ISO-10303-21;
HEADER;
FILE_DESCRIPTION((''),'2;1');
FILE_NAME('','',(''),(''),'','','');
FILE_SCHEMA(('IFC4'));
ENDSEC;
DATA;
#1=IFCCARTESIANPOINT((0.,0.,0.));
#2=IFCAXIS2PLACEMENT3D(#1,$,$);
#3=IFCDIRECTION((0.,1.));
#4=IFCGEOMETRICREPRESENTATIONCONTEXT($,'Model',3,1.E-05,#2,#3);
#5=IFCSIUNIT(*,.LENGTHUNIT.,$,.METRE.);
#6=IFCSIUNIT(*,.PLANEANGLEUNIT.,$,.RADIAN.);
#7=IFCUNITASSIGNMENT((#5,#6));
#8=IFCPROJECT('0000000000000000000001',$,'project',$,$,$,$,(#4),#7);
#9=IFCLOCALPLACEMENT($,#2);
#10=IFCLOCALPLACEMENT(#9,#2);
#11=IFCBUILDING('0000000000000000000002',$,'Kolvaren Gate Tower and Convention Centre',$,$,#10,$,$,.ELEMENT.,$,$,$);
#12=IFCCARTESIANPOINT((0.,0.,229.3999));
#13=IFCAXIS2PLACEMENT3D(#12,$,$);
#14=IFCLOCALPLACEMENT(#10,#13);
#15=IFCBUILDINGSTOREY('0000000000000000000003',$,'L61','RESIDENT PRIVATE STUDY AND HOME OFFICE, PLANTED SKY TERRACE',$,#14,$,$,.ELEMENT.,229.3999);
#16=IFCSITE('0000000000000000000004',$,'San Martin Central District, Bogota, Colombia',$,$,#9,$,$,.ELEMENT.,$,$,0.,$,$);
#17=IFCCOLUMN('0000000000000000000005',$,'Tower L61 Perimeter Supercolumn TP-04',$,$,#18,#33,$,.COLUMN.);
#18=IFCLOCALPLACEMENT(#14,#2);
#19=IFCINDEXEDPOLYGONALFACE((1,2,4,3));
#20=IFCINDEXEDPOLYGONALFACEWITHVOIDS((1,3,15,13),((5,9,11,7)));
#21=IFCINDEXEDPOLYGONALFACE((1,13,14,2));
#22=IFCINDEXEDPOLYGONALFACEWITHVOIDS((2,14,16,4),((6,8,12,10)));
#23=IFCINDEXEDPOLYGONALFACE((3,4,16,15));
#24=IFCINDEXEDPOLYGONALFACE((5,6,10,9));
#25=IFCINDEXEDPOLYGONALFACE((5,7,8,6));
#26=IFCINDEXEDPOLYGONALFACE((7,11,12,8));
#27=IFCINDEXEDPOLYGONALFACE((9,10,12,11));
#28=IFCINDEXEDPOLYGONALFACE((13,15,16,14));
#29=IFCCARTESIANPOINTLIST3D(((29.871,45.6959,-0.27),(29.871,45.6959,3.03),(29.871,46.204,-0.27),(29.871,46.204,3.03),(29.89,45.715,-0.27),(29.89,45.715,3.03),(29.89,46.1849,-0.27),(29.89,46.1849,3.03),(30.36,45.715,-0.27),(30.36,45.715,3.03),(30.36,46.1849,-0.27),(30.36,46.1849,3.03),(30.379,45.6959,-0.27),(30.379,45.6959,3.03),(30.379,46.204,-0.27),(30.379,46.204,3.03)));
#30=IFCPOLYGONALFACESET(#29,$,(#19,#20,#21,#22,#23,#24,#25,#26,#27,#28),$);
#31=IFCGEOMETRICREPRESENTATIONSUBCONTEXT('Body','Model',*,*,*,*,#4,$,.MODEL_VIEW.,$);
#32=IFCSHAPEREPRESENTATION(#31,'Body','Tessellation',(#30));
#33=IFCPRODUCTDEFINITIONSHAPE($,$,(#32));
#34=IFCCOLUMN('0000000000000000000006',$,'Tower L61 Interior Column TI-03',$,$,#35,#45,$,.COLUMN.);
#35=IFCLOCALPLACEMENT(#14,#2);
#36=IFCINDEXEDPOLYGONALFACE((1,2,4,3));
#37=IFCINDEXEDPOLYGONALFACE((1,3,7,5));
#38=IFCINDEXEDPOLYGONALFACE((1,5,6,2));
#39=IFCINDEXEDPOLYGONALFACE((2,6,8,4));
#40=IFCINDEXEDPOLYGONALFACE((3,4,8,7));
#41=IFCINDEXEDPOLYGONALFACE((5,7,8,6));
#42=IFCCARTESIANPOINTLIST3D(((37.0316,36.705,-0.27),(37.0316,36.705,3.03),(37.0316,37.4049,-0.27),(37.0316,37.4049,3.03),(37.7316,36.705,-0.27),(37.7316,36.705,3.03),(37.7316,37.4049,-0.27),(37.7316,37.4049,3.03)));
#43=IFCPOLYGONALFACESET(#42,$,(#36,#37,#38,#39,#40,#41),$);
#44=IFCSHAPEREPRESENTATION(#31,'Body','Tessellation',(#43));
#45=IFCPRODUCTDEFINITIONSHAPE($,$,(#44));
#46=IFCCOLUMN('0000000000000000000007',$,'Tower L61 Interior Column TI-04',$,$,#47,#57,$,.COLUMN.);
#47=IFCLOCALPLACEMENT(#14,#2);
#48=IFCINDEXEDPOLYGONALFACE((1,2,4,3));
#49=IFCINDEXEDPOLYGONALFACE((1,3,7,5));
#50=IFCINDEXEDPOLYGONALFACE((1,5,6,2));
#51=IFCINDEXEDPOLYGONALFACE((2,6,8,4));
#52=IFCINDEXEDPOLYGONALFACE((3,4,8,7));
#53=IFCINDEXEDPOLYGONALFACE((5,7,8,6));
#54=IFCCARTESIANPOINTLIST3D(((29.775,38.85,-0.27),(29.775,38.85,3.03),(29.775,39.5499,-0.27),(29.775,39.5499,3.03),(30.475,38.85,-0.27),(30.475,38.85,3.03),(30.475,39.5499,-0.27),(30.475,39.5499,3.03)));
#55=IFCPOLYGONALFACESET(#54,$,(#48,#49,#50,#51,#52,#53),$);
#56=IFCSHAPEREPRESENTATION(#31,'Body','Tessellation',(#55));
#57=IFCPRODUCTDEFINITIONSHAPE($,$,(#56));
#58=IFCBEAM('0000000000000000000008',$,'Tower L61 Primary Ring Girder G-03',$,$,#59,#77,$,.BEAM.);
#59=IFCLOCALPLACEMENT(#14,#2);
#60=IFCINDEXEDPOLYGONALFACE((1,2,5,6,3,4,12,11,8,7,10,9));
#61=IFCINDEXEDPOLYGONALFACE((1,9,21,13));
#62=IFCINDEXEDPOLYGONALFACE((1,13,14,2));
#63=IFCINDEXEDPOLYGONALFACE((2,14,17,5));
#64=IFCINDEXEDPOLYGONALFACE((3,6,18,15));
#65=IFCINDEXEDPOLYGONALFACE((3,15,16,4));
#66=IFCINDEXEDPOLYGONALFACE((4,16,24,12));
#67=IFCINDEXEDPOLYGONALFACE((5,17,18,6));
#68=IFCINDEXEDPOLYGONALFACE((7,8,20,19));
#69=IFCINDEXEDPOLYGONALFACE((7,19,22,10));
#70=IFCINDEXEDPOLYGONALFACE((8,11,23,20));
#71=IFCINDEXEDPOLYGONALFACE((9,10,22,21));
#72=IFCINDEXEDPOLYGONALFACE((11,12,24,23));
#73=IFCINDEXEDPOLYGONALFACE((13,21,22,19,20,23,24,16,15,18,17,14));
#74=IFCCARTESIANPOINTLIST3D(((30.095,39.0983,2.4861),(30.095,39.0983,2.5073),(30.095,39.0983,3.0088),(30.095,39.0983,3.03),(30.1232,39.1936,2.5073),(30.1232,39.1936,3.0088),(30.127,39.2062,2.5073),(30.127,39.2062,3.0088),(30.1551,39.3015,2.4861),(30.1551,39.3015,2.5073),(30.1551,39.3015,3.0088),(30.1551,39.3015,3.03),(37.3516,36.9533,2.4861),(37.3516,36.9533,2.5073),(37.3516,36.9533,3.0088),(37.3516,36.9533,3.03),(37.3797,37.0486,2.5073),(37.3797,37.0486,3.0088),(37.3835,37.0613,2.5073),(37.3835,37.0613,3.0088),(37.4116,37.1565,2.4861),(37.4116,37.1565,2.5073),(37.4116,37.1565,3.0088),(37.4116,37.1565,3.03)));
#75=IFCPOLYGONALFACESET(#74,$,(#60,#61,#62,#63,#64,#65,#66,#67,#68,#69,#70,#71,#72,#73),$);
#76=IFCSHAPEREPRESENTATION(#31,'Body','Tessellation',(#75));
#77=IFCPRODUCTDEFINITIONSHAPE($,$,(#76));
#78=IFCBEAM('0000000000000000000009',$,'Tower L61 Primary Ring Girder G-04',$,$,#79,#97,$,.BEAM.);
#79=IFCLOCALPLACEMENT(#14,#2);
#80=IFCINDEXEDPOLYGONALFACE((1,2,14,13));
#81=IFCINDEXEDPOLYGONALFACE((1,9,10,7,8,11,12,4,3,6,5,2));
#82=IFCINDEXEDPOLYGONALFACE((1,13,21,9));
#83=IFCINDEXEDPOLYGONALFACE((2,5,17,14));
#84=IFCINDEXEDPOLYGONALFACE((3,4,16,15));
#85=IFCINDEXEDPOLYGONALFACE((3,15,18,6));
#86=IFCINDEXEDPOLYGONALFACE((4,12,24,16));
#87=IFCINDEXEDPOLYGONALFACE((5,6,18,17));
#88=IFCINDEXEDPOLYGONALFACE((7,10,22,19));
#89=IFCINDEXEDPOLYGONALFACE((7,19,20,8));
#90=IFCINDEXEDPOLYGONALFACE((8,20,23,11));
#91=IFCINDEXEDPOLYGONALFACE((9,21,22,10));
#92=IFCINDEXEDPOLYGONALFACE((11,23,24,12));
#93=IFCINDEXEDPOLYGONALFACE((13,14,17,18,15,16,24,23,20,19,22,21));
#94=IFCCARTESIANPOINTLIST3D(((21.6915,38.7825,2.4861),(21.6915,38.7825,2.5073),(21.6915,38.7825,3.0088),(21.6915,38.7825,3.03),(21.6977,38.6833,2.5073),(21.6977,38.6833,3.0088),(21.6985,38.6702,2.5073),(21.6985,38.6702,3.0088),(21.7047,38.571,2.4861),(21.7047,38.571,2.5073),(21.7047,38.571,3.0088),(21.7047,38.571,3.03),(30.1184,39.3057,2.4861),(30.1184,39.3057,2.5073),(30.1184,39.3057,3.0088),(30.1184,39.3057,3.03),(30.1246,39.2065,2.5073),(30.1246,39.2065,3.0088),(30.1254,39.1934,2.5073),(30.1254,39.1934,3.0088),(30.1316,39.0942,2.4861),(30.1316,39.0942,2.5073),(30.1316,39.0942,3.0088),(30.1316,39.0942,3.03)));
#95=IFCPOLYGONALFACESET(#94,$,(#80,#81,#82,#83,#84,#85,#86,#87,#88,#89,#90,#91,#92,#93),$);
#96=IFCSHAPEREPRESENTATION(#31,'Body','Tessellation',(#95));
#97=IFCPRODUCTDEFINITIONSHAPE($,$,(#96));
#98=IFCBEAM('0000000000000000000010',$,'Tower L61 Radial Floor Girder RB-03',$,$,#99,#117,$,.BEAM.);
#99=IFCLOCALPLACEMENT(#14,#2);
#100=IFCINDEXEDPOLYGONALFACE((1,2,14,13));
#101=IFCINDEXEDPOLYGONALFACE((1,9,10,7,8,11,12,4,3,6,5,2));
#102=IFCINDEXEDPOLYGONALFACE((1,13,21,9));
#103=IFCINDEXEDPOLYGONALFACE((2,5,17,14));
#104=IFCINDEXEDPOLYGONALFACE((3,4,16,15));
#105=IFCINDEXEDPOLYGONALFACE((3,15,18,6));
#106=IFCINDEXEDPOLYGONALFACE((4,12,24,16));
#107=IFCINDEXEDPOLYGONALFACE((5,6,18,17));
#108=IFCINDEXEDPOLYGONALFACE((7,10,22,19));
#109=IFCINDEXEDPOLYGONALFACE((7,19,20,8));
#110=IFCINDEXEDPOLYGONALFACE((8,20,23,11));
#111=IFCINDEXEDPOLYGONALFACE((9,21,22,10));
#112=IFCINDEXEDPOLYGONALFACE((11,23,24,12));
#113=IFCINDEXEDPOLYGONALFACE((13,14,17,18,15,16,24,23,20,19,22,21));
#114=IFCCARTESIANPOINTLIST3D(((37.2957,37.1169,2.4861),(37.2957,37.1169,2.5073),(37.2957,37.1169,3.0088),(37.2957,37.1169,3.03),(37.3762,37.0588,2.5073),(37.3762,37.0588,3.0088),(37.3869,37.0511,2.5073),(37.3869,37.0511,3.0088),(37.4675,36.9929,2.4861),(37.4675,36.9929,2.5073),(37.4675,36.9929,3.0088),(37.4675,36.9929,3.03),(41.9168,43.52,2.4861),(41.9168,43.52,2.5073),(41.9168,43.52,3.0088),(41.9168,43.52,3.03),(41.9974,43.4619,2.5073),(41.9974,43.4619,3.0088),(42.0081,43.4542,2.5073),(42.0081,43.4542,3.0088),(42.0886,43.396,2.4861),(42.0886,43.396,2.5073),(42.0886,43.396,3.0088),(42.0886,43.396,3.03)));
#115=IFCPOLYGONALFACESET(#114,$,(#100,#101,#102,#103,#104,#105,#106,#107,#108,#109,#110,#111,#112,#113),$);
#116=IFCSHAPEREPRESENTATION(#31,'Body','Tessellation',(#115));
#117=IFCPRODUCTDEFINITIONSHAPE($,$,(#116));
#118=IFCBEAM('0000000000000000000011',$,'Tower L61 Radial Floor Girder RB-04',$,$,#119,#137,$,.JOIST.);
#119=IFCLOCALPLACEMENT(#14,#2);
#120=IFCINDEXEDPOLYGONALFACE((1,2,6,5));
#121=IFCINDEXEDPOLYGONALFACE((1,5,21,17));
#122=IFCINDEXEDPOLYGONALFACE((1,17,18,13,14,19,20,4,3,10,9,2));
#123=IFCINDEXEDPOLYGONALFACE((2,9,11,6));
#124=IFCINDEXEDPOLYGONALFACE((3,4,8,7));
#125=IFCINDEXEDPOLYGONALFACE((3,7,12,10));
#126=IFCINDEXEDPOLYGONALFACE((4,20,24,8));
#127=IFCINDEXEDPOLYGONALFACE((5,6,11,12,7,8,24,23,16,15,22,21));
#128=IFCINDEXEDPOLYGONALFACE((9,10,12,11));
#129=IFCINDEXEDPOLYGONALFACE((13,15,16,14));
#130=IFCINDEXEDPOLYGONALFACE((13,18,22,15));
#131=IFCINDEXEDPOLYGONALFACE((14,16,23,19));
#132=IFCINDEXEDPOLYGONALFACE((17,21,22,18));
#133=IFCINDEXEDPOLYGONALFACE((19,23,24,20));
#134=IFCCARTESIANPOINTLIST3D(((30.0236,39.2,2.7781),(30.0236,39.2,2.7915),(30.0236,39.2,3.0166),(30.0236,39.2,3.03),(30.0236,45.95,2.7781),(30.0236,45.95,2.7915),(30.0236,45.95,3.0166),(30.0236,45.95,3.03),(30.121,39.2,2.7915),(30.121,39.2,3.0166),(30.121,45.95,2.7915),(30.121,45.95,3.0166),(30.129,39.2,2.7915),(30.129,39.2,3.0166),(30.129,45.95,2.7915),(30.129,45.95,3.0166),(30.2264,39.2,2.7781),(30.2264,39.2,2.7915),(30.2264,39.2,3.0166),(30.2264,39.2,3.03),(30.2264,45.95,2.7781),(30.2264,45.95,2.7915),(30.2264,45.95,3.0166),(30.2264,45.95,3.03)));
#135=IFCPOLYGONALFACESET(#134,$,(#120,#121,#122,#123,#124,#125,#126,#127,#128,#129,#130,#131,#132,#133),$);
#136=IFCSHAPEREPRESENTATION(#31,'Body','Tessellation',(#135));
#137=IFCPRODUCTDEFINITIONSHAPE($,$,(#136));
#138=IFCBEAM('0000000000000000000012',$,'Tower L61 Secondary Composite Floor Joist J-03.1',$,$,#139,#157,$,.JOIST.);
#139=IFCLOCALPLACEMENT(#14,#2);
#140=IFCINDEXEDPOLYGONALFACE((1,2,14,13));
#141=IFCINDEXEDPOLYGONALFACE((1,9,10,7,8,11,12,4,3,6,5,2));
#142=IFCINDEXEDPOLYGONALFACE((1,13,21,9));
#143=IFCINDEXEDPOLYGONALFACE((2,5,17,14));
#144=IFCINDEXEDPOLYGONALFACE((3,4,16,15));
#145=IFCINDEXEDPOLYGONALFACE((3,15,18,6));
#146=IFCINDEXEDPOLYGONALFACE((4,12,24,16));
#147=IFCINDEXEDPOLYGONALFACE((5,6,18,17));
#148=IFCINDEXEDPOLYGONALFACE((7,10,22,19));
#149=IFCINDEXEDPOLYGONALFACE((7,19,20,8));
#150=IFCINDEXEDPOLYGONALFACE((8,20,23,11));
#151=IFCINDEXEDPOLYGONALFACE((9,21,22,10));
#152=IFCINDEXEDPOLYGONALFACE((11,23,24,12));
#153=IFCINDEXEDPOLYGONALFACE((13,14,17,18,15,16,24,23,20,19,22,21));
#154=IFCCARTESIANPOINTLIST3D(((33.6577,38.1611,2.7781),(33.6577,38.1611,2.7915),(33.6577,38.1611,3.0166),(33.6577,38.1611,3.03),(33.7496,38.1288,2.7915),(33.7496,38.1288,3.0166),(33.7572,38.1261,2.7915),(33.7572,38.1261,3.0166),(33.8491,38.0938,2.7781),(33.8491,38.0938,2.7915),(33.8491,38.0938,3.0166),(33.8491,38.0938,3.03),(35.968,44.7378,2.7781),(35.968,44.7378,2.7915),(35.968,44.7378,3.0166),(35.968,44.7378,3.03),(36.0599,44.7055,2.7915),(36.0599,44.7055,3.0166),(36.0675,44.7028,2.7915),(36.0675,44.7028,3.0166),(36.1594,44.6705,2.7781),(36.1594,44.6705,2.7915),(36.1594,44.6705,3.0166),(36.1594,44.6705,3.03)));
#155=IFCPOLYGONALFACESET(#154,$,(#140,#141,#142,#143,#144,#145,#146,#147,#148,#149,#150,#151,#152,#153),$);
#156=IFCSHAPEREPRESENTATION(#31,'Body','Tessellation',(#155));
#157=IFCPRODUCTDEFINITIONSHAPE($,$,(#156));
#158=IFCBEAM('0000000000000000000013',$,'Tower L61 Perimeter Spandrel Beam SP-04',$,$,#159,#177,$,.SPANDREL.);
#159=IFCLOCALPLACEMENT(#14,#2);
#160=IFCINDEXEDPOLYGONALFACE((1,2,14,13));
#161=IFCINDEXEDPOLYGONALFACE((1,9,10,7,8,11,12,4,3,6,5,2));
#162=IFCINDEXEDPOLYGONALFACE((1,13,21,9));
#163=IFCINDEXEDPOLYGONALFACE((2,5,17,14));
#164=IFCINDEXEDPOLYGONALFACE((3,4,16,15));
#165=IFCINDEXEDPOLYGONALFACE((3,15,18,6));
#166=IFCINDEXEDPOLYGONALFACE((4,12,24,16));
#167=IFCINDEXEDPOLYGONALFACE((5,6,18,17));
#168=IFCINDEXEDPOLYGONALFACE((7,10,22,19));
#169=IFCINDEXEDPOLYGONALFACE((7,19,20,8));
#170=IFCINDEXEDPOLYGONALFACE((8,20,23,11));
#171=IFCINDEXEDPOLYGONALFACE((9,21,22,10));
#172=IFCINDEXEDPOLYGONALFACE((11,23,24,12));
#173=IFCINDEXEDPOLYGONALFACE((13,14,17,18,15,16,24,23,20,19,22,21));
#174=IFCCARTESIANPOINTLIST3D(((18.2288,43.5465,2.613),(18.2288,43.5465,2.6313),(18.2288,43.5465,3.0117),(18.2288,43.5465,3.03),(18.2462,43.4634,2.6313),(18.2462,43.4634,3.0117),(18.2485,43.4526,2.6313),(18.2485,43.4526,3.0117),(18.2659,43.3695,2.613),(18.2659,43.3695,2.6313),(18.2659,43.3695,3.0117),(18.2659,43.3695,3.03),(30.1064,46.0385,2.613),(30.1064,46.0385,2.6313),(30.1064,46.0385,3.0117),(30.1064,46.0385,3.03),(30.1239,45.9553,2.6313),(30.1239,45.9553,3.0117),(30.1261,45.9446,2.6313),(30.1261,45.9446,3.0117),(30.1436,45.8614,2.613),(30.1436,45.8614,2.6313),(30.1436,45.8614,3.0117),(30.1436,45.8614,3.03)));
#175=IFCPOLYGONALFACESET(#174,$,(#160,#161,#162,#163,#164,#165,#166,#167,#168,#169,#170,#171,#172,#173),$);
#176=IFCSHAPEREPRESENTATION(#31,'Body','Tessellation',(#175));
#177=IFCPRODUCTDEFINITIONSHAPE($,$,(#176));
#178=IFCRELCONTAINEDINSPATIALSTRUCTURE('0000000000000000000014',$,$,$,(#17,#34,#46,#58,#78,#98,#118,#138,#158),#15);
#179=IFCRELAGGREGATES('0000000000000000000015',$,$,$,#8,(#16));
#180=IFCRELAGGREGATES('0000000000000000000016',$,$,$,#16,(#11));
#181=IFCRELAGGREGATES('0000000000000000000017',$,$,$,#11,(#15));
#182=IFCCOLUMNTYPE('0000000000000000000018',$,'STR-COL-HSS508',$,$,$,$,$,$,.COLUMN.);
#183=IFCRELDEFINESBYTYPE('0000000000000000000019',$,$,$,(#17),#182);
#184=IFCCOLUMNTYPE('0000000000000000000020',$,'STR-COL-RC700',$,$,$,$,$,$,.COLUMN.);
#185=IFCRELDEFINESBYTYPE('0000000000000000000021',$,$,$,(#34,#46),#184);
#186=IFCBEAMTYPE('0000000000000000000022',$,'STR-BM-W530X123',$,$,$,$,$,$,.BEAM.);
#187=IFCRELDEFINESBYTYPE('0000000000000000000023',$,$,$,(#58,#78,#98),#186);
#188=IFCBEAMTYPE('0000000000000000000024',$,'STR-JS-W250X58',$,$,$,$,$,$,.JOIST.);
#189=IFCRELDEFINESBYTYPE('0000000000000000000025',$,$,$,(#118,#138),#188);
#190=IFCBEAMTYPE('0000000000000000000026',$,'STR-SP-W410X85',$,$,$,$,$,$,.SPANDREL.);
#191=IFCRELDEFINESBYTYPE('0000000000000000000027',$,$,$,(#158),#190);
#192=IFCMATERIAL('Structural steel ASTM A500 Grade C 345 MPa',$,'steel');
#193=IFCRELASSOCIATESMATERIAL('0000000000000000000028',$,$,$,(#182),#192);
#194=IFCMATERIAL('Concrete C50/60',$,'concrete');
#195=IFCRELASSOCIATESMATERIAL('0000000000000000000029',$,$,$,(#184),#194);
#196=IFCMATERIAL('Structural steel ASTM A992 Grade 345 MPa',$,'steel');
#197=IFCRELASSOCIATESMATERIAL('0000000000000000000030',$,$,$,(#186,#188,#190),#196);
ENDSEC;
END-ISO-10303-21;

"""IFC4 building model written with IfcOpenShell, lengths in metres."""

from ifc_helpers import new_model, si_unit, direction, frame, origin, origin_2d, place, context, subcontext, project, spatial, rectangle, hollow_rectangle, i_section, extrude, material, material_profile, profile_set, type_object, element, save


model = new_model("IFC4")

# Units and contexts
model_context = context("Model", 3, precision=1e-05, world=origin(), true_north=direction((0.0, 1.0)))
body_context = subcontext(model_context, "Body", "Model", "MODEL_VIEW")
ifc_project = project(units=[si_unit("LENGTHUNIT", "METRE"), si_unit("PLANEANGLEUNIT", "RADIAN")], contexts=[model_context])

# Site, building, storey
site_placement = place(None, origin())
site = spatial("IfcSite", under=ifc_project, at=site_placement, Name="San Martin Central District, Bogota, Colombia", CompositionType="ELEMENT", RefElevation=0.0)
building_placement = place(site_placement, origin())
building = spatial("IfcBuilding", under=site, at=building_placement, Name="Kolvaren Gate Tower and Convention Centre", CompositionType="ELEMENT")
storey_placement = place(building_placement, frame((0.0, 0.0, 229.3999)))
storey = spatial("IfcBuildingStorey", under=building, at=storey_placement, Name="L61", Description="RESIDENT PRIVATE STUDY AND HOME OFFICE, PLANTED SKY TERRACE", CompositionType="ELEMENT", Elevation=229.3999)

# Columns
ifc_material_1 = material(Name="Structural steel ASTM A500 Grade C 345 MPa", Category="steel")
ifc_material_profile_1 = material_profile(ifc_material_1, hollow_rectangle(XDim=0.5081, YDim=0.5081, WallThickness=0.019, at=origin_2d()), Name="HSS508X508X19.1")
ifc_profile_set_1 = profile_set([ifc_material_profile_1], Name="Structural steel ASTM A500 Grade C 345 MPa")
column_type_1 = type_object("IfcColumnType", Name="STR-COL-HSS508", PredefinedType="COLUMN", material=ifc_profile_set_1)
column_placement = place(storey_placement, frame((30.125, 45.95, -0.27), z_axis=(0.0, 0.0, 1.0), x_axis=(1.0, 0.0, 0.0)))
element("IfcColumn", 1, at=column_placement, inside=storey, type_object=column_type_1, Name="Tower L61 Perimeter Supercolumn TP-04", PredefinedType="COLUMN", context=body_context, shape_type="SweptSolid", body=[
    extrude(hollow_rectangle(XDim=0.5081, YDim=0.5081, WallThickness=0.019, at=origin_2d()), origin(), (0.0, 0.0, 1.0), 3.3),
])
ifc_material_2 = material(Name="Concrete C50/60", Category="concrete")
ifc_material_profile_2 = material_profile(ifc_material_2, rectangle(XDim=0.7, YDim=0.7, at=origin_2d()), Name="RC-COL-700X700")
ifc_profile_set_2 = profile_set([ifc_material_profile_2], Name="Concrete C50/60")
column_type_2 = type_object("IfcColumnType", Name="STR-COL-RC700", PredefinedType="COLUMN", material=ifc_profile_set_2)
for number, where, z_axis, x_axis, name in (
    (2, (37.3816, 37.0549, -0.27), (0.0, 0.0, 1.0), (1.0, 0.0, 0.0), "Tower L61 Interior Column TI-03"),
    (3, (30.125, 39.2, -0.27), (0.0, 0.0, 1.0), (1.0, 0.0, 0.0), "Tower L61 Interior Column TI-04"),
):
    element("IfcColumn", number, at=place(storey_placement, frame(where, z_axis=z_axis, x_axis=x_axis)), inside=storey, type_object=column_type_2, Name=name, PredefinedType="COLUMN", context=body_context, shape_type="SweptSolid", body=[
        extrude(rectangle(XDim=0.7, YDim=0.7, at=origin_2d()), origin(), (0.0, 0.0, 1.0), 3.3),
    ])

# Beams
ifc_material_3 = material(Name="Structural steel ASTM A992 Grade 345 MPa", Category="steel")
ifc_material_profile_3 = material_profile(ifc_material_3, i_section(OverallWidth=0.2119, OverallDepth=0.5439, WebThickness=0.0132, FlangeThickness=0.0212, at=origin_2d()), Name="W530X123")
ifc_profile_set_3 = profile_set([ifc_material_profile_3], Name="Structural steel ASTM A992 Grade 345 MPa")
beam_type_1 = type_object("IfcBeamType", Name="STR-BM-W530X123", PredefinedType="BEAM", material=ifc_profile_set_3)
beam_1_placement = place(storey_placement, frame((37.3816, 37.0549, 2.7581), z_axis=(-0.958981, 0.283471, 0.0), x_axis=(-0.283471, -0.958981, 0.0)))
element("IfcBeam", 4, at=beam_1_placement, inside=storey, type_object=beam_type_1, Name="Tower L61 Primary Ring Girder G-03", PredefinedType="BEAM", context=body_context, shape_type="SweptSolid", body=[
    extrude(i_section(OverallWidth=0.2119, OverallDepth=0.5439, WebThickness=0.0132, FlangeThickness=0.0212, at=origin_2d()), origin(), (0.0, 0.0, 1.0), 7.5669),
])
beam_2_placement = place(storey_placement, frame((30.125, 39.2, 2.7581), z_axis=(-0.998078, -0.061966, 0.0), x_axis=(0.061966, -0.998078, 0.0)))
element("IfcBeam", 5, at=beam_2_placement, inside=storey, type_object=beam_type_1, Name="Tower L61 Primary Ring Girder G-04", PredefinedType="BEAM", context=body_context, shape_type="SweptSolid", body=[
    extrude(i_section(OverallWidth=0.2119, OverallDepth=0.5439, WebThickness=0.0132, FlangeThickness=0.0212, at=origin_2d()), origin(), (0.0, 0.0, 1.0), 8.4431),
])
beam_3_placement = place(storey_placement, frame((37.3816, 37.0549, 2.7581), z_axis=(0.585212, 0.810881, 0.0), x_axis=(-0.810881, 0.585212, 0.0)))
element("IfcBeam", 6, at=beam_3_placement, inside=storey, type_object=beam_type_1, Name="Tower L61 Radial Floor Girder RB-03", PredefinedType="BEAM", context=body_context, shape_type="SweptSolid", body=[
    extrude(i_section(OverallWidth=0.2119, OverallDepth=0.5439, WebThickness=0.0132, FlangeThickness=0.0212, at=origin_2d()), origin(), (0.0, 0.0, 1.0), 7.8965),
])
ifc_material_profile_4 = material_profile(ifc_material_3, i_section(OverallWidth=0.2029, OverallDepth=0.252, WebThickness=0.0081, FlangeThickness=0.0134, at=origin_2d()), Name="W250X58")
ifc_profile_set_4 = profile_set([ifc_material_profile_4], Name="Structural steel ASTM A992 Grade 345 MPa")
beam_type_2 = type_object("IfcBeamType", Name="STR-JS-W250X58", PredefinedType="JOIST", material=ifc_profile_set_4)
beam_4_placement = place(storey_placement, frame((30.125, 39.2, 2.9041), z_axis=(0.0, 1.0, 0.0), x_axis=(-1.0, 0.0, 0.0)))
element("IfcBeam", 7, at=beam_4_placement, inside=storey, type_object=beam_type_2, Name="Tower L61 Radial Floor Girder RB-04", PredefinedType="JOIST", context=body_context, shape_type="SweptSolid", body=[
    extrude(i_section(OverallWidth=0.2029, OverallDepth=0.252, WebThickness=0.0081, FlangeThickness=0.0134, at=origin_2d()), origin(), (0.0, 0.0, 1.0), 6.75),
])
beam_5_placement = place(storey_placement, frame((33.7534, 38.1274, 2.9041), z_axis=(0.331433, 0.943479, 0.0), x_axis=(-0.943479, 0.331433, 0.0)))
element("IfcBeam", 8, at=beam_5_placement, inside=storey, type_object=beam_type_2, Name="Tower L61 Secondary Composite Floor Joist J-03.1", PredefinedType="JOIST", context=body_context, shape_type="SweptSolid", body=[
    extrude(i_section(OverallWidth=0.2029, OverallDepth=0.252, WebThickness=0.0081, FlangeThickness=0.0134, at=origin_2d()), origin(), (0.0, 0.0, 1.0), 6.9707),
])
ifc_material_profile_5 = material_profile(ifc_material_3, i_section(OverallWidth=0.1809, OverallDepth=0.417, WebThickness=0.011, FlangeThickness=0.0183, at=origin_2d()), Name="W410X85")
ifc_profile_set_5 = profile_set([ifc_material_profile_5], Name="Structural steel ASTM A992 Grade 345 MPa")
beam_type_3 = type_object("IfcBeamType", Name="STR-SP-W410X85", PredefinedType="SPANDREL", material=ifc_profile_set_5)
beam_6_placement = place(storey_placement, frame((30.125, 45.95, 2.8215), z_axis=(-0.978693, -0.20533, 0.0), x_axis=(0.20533, -0.978693, 0.0)))
element("IfcBeam", 9, at=beam_6_placement, inside=storey, type_object=beam_type_3, Name="Tower L61 Perimeter Spandrel Beam SP-04", PredefinedType="SPANDREL", context=body_context, shape_type="SweptSolid", body=[
    extrude(i_section(OverallWidth=0.1809, OverallDepth=0.417, WebThickness=0.011, FlangeThickness=0.0183, at=origin_2d()), origin(), (0.0, 0.0, 1.0), 12.1362),
])

save(model, "model.ifc")
